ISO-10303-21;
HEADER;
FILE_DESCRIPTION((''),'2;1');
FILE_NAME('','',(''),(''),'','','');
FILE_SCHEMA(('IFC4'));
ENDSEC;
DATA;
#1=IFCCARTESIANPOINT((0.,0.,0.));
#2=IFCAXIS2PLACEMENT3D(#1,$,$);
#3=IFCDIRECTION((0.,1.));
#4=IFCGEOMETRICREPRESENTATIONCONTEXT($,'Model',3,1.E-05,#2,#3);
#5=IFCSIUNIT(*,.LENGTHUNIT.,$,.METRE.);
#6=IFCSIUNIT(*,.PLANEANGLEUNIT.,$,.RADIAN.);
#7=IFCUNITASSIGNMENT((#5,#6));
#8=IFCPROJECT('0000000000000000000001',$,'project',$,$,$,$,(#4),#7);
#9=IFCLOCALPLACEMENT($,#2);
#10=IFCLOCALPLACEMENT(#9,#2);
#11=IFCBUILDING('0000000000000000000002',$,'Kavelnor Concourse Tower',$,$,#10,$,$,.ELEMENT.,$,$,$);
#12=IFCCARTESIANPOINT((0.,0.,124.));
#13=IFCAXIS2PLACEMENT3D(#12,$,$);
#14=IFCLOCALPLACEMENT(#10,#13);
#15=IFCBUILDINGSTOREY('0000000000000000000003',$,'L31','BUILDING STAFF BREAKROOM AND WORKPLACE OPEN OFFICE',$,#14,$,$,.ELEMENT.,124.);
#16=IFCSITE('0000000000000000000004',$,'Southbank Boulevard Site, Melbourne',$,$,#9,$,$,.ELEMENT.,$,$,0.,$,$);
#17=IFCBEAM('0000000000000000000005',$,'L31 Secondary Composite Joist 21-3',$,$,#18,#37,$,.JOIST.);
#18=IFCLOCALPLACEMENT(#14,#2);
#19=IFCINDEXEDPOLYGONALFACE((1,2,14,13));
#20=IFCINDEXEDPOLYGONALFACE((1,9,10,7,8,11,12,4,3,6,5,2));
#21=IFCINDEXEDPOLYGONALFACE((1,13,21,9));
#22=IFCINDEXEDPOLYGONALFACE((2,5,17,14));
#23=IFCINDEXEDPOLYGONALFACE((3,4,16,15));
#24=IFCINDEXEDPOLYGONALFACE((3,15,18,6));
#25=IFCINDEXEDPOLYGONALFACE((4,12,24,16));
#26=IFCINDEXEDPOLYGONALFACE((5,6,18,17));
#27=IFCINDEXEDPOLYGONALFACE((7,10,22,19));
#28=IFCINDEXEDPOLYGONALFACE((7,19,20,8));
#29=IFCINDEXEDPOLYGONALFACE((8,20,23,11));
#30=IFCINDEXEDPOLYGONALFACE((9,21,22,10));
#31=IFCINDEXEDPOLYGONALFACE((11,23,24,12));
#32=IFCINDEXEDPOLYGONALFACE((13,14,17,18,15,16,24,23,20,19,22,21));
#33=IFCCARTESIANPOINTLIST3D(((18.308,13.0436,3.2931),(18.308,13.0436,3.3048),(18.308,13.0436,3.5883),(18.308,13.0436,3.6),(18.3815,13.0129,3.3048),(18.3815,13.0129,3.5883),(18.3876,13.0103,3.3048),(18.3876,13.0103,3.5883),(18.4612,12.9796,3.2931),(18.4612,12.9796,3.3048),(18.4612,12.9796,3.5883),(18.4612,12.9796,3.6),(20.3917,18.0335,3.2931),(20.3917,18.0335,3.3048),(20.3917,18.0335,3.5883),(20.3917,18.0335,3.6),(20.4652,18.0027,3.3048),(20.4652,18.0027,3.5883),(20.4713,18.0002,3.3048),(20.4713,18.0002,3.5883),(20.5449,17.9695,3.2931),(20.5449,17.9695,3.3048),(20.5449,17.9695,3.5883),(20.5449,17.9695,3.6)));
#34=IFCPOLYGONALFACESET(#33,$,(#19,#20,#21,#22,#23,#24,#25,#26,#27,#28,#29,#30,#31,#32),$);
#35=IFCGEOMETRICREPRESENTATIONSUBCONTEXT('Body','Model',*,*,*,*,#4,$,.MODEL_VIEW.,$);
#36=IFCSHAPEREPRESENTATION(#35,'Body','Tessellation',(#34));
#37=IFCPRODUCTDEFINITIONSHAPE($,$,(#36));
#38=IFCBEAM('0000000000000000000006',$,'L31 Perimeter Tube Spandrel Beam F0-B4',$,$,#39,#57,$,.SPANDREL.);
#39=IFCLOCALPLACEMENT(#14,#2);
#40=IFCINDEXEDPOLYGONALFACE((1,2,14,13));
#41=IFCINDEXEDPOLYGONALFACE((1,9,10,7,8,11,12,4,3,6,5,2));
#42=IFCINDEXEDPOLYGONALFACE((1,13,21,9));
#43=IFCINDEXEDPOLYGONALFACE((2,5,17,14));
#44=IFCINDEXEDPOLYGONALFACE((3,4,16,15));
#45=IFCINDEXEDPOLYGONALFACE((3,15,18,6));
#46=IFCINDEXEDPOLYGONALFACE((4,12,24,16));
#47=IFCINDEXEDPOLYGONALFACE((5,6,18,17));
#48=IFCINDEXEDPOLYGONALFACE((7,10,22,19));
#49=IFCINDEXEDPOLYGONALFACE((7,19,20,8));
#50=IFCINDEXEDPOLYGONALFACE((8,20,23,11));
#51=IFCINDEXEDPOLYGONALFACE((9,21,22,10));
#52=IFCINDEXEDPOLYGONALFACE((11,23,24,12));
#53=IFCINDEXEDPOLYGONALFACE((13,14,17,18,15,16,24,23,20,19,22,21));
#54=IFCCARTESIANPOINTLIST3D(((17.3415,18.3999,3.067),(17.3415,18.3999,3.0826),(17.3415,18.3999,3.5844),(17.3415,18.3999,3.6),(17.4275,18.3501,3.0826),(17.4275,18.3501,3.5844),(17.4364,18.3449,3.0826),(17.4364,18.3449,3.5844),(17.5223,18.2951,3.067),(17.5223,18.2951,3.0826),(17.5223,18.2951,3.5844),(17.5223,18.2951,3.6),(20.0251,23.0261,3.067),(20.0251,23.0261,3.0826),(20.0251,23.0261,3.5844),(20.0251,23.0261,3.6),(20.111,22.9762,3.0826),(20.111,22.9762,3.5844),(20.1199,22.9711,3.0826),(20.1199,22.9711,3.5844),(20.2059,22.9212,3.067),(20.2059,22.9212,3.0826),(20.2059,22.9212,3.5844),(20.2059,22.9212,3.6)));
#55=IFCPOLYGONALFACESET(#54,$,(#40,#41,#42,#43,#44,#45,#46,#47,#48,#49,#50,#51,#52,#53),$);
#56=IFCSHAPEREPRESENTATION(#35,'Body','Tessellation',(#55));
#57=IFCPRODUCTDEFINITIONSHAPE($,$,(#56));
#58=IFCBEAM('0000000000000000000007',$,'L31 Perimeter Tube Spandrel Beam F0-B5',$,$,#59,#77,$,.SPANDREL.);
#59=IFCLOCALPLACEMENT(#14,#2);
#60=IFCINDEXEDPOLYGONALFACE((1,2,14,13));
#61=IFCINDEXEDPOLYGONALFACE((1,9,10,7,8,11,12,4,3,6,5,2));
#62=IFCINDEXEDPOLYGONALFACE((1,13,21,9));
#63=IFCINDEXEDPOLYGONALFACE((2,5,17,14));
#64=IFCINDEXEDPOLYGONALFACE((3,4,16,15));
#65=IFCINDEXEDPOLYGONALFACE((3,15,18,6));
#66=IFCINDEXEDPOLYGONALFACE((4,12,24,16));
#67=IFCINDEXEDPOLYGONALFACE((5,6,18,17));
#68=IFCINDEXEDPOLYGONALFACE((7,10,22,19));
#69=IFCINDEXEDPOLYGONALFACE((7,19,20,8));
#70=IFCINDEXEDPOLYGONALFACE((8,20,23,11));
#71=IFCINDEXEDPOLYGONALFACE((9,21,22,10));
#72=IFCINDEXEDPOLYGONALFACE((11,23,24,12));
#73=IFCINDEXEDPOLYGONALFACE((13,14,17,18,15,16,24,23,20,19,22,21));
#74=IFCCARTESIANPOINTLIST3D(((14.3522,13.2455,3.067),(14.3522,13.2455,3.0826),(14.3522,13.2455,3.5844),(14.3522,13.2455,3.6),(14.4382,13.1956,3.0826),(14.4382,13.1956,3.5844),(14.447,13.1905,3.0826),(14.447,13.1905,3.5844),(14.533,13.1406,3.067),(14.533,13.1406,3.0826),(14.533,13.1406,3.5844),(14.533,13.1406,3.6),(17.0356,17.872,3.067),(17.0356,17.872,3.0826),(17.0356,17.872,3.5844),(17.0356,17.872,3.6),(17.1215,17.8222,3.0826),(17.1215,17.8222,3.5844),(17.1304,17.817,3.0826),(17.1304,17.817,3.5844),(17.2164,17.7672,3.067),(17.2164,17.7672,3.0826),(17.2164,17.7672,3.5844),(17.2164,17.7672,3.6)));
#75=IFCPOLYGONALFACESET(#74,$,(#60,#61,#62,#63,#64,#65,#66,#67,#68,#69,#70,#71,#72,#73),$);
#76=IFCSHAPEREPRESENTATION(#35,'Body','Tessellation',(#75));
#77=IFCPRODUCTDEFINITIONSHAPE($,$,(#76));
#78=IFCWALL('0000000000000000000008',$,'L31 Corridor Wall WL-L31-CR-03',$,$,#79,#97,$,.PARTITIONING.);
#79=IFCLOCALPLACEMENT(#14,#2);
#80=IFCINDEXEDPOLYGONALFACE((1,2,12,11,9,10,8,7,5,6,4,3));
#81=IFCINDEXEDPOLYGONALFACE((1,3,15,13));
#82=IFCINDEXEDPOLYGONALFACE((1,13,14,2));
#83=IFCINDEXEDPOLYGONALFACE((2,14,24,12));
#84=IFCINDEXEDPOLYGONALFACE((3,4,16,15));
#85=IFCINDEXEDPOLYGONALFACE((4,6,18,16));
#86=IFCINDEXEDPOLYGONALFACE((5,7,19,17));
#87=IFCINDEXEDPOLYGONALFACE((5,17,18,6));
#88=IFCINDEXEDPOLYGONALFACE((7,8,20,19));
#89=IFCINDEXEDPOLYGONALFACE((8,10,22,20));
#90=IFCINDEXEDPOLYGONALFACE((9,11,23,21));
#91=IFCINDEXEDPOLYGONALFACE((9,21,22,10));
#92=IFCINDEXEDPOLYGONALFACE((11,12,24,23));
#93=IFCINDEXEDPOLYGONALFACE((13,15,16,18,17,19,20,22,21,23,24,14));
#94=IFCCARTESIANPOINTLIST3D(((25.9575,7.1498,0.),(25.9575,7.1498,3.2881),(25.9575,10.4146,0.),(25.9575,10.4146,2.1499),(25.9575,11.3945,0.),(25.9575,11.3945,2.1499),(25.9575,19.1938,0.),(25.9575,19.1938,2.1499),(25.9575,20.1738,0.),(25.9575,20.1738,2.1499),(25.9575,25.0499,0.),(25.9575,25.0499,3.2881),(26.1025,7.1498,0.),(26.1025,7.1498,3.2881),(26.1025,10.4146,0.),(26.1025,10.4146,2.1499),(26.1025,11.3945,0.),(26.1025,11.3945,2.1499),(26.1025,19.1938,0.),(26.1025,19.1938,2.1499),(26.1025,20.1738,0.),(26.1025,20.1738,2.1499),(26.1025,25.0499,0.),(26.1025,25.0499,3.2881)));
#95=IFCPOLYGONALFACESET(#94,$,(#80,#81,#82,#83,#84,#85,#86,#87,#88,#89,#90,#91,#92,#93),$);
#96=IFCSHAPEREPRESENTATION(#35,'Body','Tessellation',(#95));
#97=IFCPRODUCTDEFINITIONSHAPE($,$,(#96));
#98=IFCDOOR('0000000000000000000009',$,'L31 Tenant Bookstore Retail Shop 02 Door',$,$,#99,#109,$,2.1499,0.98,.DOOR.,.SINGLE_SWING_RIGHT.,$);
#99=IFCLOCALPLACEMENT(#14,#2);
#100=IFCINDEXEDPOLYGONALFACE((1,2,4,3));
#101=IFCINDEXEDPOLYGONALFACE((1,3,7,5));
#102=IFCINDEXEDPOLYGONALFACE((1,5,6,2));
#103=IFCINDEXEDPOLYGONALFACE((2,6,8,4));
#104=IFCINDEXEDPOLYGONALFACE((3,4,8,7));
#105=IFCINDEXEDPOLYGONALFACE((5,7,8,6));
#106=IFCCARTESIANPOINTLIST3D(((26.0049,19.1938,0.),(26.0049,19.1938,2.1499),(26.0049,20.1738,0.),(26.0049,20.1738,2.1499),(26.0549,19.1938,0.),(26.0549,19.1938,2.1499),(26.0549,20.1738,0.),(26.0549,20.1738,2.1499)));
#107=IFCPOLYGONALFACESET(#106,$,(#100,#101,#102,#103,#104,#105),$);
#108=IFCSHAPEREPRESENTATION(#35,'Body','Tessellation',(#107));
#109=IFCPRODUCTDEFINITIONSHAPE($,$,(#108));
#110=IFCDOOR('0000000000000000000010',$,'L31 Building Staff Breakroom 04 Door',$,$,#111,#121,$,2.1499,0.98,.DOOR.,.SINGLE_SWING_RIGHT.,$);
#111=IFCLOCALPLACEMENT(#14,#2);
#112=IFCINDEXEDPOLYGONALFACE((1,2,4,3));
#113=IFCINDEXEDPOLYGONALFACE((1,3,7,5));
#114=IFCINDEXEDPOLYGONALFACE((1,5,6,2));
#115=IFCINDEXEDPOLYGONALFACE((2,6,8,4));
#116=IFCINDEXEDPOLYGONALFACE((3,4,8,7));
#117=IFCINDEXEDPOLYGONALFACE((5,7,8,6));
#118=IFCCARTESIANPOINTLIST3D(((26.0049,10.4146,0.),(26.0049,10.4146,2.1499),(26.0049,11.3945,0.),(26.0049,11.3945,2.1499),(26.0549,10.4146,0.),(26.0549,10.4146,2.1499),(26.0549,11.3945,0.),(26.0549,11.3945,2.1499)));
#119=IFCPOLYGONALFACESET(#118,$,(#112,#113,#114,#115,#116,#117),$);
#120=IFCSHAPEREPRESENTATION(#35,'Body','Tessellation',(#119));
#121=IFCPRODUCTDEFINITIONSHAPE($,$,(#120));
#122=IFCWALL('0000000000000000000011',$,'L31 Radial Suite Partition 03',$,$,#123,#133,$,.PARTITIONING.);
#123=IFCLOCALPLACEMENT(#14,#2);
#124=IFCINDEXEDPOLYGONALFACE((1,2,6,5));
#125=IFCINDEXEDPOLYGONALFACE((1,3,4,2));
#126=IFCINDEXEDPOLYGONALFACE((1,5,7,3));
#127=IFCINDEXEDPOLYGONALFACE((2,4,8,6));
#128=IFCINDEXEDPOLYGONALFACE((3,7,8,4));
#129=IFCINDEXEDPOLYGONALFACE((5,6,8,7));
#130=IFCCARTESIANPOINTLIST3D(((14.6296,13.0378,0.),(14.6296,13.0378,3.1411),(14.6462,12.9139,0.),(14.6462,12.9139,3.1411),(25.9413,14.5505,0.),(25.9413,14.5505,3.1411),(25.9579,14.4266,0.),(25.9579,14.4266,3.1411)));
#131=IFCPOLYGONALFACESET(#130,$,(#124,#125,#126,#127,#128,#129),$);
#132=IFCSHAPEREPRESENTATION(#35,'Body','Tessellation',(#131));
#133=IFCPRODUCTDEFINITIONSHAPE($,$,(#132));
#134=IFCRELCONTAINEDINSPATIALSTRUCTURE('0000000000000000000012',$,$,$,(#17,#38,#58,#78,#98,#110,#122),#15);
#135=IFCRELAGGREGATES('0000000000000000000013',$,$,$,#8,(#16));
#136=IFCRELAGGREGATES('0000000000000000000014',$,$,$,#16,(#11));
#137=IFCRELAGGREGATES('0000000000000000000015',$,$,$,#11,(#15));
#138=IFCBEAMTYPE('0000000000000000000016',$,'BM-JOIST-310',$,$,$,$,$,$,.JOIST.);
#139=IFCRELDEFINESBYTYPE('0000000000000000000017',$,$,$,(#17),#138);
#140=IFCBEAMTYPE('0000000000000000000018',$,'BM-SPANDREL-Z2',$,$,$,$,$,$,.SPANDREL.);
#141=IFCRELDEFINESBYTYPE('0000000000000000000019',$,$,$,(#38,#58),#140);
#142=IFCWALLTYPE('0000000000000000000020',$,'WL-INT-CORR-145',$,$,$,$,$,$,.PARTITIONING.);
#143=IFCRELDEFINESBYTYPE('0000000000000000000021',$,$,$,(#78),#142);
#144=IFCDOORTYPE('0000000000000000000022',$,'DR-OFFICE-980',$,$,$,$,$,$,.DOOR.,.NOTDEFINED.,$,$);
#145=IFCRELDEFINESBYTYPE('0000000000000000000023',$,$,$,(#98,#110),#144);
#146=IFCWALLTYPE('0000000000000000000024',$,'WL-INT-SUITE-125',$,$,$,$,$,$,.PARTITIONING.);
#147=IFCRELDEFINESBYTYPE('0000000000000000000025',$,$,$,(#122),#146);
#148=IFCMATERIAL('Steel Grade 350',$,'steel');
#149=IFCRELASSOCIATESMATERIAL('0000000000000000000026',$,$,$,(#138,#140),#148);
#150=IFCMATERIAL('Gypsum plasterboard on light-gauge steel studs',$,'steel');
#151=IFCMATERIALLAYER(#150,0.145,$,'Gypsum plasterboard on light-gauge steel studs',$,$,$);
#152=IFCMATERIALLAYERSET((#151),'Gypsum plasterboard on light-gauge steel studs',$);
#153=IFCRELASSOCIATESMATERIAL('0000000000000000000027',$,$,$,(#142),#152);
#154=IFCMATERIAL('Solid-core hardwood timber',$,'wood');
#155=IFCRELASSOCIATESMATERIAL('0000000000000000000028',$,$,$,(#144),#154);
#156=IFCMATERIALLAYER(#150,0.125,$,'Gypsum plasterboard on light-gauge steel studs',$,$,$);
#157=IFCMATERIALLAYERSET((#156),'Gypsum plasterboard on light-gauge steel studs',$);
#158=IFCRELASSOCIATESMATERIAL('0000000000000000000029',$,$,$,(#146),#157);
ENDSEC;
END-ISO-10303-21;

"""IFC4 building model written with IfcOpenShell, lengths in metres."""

from ifc_helpers import new_model, si_unit, direction, frame, frame_2d, origin, origin_2d, place, context, subcontext, project, spatial, rectangle, i_section, extrude, material, layer, layer_set, material_profile, profile_set, type_object, element, fill, save


model = new_model("IFC4")

# Units and contexts
model_context = context("Model", 3, precision=1e-05, world=origin(), true_north=direction((0.0, 1.0)))
body_context = subcontext(model_context, "Body", "Model", "MODEL_VIEW")
ifc_project = project(units=[si_unit("LENGTHUNIT", "METRE"), si_unit("PLANEANGLEUNIT", "RADIAN")], contexts=[model_context])

# Site, building, storey
site_placement = place(None, origin())
site = spatial("IfcSite", under=ifc_project, at=site_placement, Name="Southbank Boulevard Site, Melbourne", CompositionType="ELEMENT", RefElevation=0.0)
building_placement = place(site_placement, origin())
building = spatial("IfcBuilding", under=site, at=building_placement, Name="Kavelnor Concourse Tower", CompositionType="ELEMENT")
storey_placement = place(building_placement, frame((0.0, 0.0, 124.0)))
storey = spatial("IfcBuildingStorey", under=building, at=storey_placement, Name="L31", Description="BUILDING STAFF BREAKROOM AND WORKPLACE OPEN OFFICE", CompositionType="ELEMENT", Elevation=124.0)

# Shared definitions
ifc_material_1 = material(Name="Steel Grade 350", Category="steel")

# Beams
ifc_material_profile_1 = material_profile(ifc_material_1, i_section(OverallWidth=0.166, OverallDepth=0.3069, WebThickness=0.0066, FlangeThickness=0.0117, at=origin_2d()), Name="310UB46")
ifc_profile_set_1 = profile_set([ifc_material_profile_1], Name="Steel Grade 350")
beam_type_1 = type_object("IfcBeamType", Name="BM-JOIST-310", PredefinedType="JOIST", material=ifc_profile_set_1)
beam_1_placement = place(storey_placement, frame((20.4683, 18.0015, 3.4465), z_axis=(-0.385337, -0.922776, 0.0), x_axis=(0.922776, -0.385337, 0.0)))
element("IfcBeam", 1, at=beam_1_placement, inside=storey, type_object=beam_type_1, Name="L31 Secondary Composite Joist 21-3", PredefinedType="JOIST", context=body_context, shape_type="SweptSolid", body=[
    extrude(i_section(OverallWidth=0.166, OverallDepth=0.3069, WebThickness=0.0066, FlangeThickness=0.0117, at=origin_2d()), origin(), (0.0, 0.0, 1.0), 5.4075),
])
ifc_material_profile_2 = material_profile(ifc_material_1, i_section(OverallWidth=0.209, OverallDepth=0.533, WebThickness=0.0103, FlangeThickness=0.0156, at=origin_2d()), Name="530UB92")
ifc_profile_set_2 = profile_set([ifc_material_profile_2], Name="Steel Grade 350")
beam_type_2 = type_object("IfcBeamType", Name="BM-SPANDREL-Z2", PredefinedType="SPANDREL", material=ifc_profile_set_2)
beam_2_placement = place(storey_placement, frame((20.1155, 22.9736, 3.3335), z_axis=(-0.501772, -0.865, 0.0), x_axis=(0.865, -0.501772, 0.0)))
element("IfcBeam", 2, at=beam_2_placement, inside=storey, type_object=beam_type_2, Name="L31 Perimeter Tube Spandrel Beam F0-B4", PredefinedType="SPANDREL", context=body_context, shape_type="SweptSolid", body=[
    extrude(i_section(OverallWidth=0.209, OverallDepth=0.533, WebThickness=0.0103, FlangeThickness=0.0156, at=origin_2d()), origin(), (0.0, 0.0, 1.0), 5.3481),
])
beam_3_placement = place(storey_placement, frame((17.126, 17.8196, 3.3335), z_axis=(-0.501718, -0.865031, 0.0), x_axis=(0.865031, -0.501718, 0.0)))
element("IfcBeam", 3, at=beam_3_placement, inside=storey, type_object=beam_type_2, Name="L31 Perimeter Tube Spandrel Beam F0-B5", PredefinedType="SPANDREL", context=body_context, shape_type="SweptSolid", body=[
    extrude(i_section(OverallWidth=0.209, OverallDepth=0.533, WebThickness=0.0103, FlangeThickness=0.0156, at=origin_2d()), origin(), (0.0, 0.0, 1.0), 5.3484),
])

# Wall, openings, doors
ifc_material_2 = material(Name="Gypsum plasterboard on light-gauge steel studs", Category="steel")
ifc_layer_1 = layer(ifc_material_2, 0.145, Name="Gypsum plasterboard on light-gauge steel studs")
ifc_layer_set_1 = layer_set([ifc_layer_1], Name="Gypsum plasterboard on light-gauge steel studs")
wall_type_1 = type_object("IfcWallType", Name="WL-INT-CORR-145", PredefinedType="PARTITIONING", material=ifc_layer_set_1)
wall_1_placement = place(storey_placement, frame((26.03, 25.05, 0.0), z_axis=(0.0, 0.0, 1.0), x_axis=(0.0, -1.0, 0.0)))
wall_1 = element("IfcWall", 4, at=wall_1_placement, inside=storey, type_object=wall_type_1, Name="L31 Corridor Wall WL-L31-CR-03", PredefinedType="PARTITIONING", context=body_context, shape_type="SweptSolid", body=[
    extrude(rectangle(XDim=17.9001, YDim=0.145, at=frame_2d((8.9502, 0.0))), origin(), (0.0, 0.0, 1.0), 3.2881),
])
opening_1_placement = place(wall_1_placement, frame((4.8762, 0.0, 0.0)))
opening_1 = element("IfcOpeningElement", 5, at=opening_1_placement, cuts=wall_1, PredefinedType="OPENING", context=body_context, shape_type="SweptSolid", body=[
    extrude(rectangle(XDim=0.98, YDim=2.1499, at=frame_2d((0.49, 1.075))), frame((0.0, 0.0825, 0.0), z_axis=(0.0, -1.0, 0.0), x_axis=(1.0, 0.0, 0.0)), (0.0, 0.0, 1.0), 0.165),
])
opening_2_placement = place(wall_1_placement, frame((13.6555, 0.0, 0.0)))
opening_2 = element("IfcOpeningElement", 6, at=opening_2_placement, cuts=wall_1, PredefinedType="OPENING", context=body_context, shape_type="SweptSolid", body=[
    extrude(rectangle(XDim=0.98, YDim=2.1499, at=frame_2d((0.49, 1.075))), frame((0.0, 0.0825, 0.0), z_axis=(0.0, -1.0, 0.0), x_axis=(1.0, 0.0, 0.0)), (0.0, 0.0, 1.0), 0.165),
])
ifc_material_3 = material(Name="Solid-core hardwood timber", Category="wood")
door_type = type_object("IfcDoorType", Name="DR-OFFICE-980", OperationType="NOTDEFINED", PredefinedType="DOOR", material=ifc_material_3)
door_1_placement = place(opening_1_placement, origin())
door_1 = element("IfcDoor", 7, at=door_1_placement, inside=storey, type_object=door_type, Name="L31 Tenant Bookstore Retail Shop 02 Door", OperationType="SINGLE_SWING_RIGHT", OverallHeight=2.1499, OverallWidth=0.98, PredefinedType="DOOR", context=body_context, shape_type="SweptSolid", body=[
    extrude(rectangle(XDim=0.98, YDim=2.1499, at=frame_2d((0.49, 1.075))), frame((0.0, 0.0249, 0.0), z_axis=(0.0, -1.0, 0.0), x_axis=(1.0, 0.0, 0.0)), (0.0, 0.0, 1.0), 0.05),
])
fill(opening_1, door_1)
door_2_placement = place(opening_2_placement, origin())
door_2 = element("IfcDoor", 8, at=door_2_placement, inside=storey, type_object=door_type, Name="L31 Building Staff Breakroom 04 Door", OperationType="SINGLE_SWING_RIGHT", OverallHeight=2.1499, OverallWidth=0.98, PredefinedType="DOOR", context=body_context, shape_type="SweptSolid", body=[
    extrude(rectangle(XDim=0.98, YDim=2.1499, at=frame_2d((0.49, 1.075))), frame((0.0, 0.0249, 0.0), z_axis=(0.0, -1.0, 0.0), x_axis=(1.0, 0.0, 0.0)), (0.0, 0.0, 1.0), 0.05),
])
fill(opening_2, door_2)

# Wall
ifc_layer_2 = layer(ifc_material_2, 0.125, Name="Gypsum plasterboard on light-gauge steel studs")
ifc_layer_set_2 = layer_set([ifc_layer_2], Name="Gypsum plasterboard on light-gauge steel studs")
wall_type_2 = type_object("IfcWallType", Name="WL-INT-SUITE-125", PredefinedType="PARTITIONING", material=ifc_layer_set_2)
wall_2_placement = place(storey_placement, frame((25.9495, 14.4885, 0.0), z_axis=(0.0, 0.0, 1.0), x_axis=(-0.991177, -0.132548, 0.0)))
element("IfcWall", 9, at=wall_2_placement, inside=storey, type_object=wall_type_2, Name="L31 Radial Suite Partition 03", PredefinedType="PARTITIONING", context=body_context, shape_type="SweptSolid", body=[
    extrude(rectangle(XDim=11.4124, YDim=0.125, at=frame_2d((5.7061, 0.0))), origin(), (0.0, 0.0, 1.0), 3.1411),
])

save(model, "model.ifc")
